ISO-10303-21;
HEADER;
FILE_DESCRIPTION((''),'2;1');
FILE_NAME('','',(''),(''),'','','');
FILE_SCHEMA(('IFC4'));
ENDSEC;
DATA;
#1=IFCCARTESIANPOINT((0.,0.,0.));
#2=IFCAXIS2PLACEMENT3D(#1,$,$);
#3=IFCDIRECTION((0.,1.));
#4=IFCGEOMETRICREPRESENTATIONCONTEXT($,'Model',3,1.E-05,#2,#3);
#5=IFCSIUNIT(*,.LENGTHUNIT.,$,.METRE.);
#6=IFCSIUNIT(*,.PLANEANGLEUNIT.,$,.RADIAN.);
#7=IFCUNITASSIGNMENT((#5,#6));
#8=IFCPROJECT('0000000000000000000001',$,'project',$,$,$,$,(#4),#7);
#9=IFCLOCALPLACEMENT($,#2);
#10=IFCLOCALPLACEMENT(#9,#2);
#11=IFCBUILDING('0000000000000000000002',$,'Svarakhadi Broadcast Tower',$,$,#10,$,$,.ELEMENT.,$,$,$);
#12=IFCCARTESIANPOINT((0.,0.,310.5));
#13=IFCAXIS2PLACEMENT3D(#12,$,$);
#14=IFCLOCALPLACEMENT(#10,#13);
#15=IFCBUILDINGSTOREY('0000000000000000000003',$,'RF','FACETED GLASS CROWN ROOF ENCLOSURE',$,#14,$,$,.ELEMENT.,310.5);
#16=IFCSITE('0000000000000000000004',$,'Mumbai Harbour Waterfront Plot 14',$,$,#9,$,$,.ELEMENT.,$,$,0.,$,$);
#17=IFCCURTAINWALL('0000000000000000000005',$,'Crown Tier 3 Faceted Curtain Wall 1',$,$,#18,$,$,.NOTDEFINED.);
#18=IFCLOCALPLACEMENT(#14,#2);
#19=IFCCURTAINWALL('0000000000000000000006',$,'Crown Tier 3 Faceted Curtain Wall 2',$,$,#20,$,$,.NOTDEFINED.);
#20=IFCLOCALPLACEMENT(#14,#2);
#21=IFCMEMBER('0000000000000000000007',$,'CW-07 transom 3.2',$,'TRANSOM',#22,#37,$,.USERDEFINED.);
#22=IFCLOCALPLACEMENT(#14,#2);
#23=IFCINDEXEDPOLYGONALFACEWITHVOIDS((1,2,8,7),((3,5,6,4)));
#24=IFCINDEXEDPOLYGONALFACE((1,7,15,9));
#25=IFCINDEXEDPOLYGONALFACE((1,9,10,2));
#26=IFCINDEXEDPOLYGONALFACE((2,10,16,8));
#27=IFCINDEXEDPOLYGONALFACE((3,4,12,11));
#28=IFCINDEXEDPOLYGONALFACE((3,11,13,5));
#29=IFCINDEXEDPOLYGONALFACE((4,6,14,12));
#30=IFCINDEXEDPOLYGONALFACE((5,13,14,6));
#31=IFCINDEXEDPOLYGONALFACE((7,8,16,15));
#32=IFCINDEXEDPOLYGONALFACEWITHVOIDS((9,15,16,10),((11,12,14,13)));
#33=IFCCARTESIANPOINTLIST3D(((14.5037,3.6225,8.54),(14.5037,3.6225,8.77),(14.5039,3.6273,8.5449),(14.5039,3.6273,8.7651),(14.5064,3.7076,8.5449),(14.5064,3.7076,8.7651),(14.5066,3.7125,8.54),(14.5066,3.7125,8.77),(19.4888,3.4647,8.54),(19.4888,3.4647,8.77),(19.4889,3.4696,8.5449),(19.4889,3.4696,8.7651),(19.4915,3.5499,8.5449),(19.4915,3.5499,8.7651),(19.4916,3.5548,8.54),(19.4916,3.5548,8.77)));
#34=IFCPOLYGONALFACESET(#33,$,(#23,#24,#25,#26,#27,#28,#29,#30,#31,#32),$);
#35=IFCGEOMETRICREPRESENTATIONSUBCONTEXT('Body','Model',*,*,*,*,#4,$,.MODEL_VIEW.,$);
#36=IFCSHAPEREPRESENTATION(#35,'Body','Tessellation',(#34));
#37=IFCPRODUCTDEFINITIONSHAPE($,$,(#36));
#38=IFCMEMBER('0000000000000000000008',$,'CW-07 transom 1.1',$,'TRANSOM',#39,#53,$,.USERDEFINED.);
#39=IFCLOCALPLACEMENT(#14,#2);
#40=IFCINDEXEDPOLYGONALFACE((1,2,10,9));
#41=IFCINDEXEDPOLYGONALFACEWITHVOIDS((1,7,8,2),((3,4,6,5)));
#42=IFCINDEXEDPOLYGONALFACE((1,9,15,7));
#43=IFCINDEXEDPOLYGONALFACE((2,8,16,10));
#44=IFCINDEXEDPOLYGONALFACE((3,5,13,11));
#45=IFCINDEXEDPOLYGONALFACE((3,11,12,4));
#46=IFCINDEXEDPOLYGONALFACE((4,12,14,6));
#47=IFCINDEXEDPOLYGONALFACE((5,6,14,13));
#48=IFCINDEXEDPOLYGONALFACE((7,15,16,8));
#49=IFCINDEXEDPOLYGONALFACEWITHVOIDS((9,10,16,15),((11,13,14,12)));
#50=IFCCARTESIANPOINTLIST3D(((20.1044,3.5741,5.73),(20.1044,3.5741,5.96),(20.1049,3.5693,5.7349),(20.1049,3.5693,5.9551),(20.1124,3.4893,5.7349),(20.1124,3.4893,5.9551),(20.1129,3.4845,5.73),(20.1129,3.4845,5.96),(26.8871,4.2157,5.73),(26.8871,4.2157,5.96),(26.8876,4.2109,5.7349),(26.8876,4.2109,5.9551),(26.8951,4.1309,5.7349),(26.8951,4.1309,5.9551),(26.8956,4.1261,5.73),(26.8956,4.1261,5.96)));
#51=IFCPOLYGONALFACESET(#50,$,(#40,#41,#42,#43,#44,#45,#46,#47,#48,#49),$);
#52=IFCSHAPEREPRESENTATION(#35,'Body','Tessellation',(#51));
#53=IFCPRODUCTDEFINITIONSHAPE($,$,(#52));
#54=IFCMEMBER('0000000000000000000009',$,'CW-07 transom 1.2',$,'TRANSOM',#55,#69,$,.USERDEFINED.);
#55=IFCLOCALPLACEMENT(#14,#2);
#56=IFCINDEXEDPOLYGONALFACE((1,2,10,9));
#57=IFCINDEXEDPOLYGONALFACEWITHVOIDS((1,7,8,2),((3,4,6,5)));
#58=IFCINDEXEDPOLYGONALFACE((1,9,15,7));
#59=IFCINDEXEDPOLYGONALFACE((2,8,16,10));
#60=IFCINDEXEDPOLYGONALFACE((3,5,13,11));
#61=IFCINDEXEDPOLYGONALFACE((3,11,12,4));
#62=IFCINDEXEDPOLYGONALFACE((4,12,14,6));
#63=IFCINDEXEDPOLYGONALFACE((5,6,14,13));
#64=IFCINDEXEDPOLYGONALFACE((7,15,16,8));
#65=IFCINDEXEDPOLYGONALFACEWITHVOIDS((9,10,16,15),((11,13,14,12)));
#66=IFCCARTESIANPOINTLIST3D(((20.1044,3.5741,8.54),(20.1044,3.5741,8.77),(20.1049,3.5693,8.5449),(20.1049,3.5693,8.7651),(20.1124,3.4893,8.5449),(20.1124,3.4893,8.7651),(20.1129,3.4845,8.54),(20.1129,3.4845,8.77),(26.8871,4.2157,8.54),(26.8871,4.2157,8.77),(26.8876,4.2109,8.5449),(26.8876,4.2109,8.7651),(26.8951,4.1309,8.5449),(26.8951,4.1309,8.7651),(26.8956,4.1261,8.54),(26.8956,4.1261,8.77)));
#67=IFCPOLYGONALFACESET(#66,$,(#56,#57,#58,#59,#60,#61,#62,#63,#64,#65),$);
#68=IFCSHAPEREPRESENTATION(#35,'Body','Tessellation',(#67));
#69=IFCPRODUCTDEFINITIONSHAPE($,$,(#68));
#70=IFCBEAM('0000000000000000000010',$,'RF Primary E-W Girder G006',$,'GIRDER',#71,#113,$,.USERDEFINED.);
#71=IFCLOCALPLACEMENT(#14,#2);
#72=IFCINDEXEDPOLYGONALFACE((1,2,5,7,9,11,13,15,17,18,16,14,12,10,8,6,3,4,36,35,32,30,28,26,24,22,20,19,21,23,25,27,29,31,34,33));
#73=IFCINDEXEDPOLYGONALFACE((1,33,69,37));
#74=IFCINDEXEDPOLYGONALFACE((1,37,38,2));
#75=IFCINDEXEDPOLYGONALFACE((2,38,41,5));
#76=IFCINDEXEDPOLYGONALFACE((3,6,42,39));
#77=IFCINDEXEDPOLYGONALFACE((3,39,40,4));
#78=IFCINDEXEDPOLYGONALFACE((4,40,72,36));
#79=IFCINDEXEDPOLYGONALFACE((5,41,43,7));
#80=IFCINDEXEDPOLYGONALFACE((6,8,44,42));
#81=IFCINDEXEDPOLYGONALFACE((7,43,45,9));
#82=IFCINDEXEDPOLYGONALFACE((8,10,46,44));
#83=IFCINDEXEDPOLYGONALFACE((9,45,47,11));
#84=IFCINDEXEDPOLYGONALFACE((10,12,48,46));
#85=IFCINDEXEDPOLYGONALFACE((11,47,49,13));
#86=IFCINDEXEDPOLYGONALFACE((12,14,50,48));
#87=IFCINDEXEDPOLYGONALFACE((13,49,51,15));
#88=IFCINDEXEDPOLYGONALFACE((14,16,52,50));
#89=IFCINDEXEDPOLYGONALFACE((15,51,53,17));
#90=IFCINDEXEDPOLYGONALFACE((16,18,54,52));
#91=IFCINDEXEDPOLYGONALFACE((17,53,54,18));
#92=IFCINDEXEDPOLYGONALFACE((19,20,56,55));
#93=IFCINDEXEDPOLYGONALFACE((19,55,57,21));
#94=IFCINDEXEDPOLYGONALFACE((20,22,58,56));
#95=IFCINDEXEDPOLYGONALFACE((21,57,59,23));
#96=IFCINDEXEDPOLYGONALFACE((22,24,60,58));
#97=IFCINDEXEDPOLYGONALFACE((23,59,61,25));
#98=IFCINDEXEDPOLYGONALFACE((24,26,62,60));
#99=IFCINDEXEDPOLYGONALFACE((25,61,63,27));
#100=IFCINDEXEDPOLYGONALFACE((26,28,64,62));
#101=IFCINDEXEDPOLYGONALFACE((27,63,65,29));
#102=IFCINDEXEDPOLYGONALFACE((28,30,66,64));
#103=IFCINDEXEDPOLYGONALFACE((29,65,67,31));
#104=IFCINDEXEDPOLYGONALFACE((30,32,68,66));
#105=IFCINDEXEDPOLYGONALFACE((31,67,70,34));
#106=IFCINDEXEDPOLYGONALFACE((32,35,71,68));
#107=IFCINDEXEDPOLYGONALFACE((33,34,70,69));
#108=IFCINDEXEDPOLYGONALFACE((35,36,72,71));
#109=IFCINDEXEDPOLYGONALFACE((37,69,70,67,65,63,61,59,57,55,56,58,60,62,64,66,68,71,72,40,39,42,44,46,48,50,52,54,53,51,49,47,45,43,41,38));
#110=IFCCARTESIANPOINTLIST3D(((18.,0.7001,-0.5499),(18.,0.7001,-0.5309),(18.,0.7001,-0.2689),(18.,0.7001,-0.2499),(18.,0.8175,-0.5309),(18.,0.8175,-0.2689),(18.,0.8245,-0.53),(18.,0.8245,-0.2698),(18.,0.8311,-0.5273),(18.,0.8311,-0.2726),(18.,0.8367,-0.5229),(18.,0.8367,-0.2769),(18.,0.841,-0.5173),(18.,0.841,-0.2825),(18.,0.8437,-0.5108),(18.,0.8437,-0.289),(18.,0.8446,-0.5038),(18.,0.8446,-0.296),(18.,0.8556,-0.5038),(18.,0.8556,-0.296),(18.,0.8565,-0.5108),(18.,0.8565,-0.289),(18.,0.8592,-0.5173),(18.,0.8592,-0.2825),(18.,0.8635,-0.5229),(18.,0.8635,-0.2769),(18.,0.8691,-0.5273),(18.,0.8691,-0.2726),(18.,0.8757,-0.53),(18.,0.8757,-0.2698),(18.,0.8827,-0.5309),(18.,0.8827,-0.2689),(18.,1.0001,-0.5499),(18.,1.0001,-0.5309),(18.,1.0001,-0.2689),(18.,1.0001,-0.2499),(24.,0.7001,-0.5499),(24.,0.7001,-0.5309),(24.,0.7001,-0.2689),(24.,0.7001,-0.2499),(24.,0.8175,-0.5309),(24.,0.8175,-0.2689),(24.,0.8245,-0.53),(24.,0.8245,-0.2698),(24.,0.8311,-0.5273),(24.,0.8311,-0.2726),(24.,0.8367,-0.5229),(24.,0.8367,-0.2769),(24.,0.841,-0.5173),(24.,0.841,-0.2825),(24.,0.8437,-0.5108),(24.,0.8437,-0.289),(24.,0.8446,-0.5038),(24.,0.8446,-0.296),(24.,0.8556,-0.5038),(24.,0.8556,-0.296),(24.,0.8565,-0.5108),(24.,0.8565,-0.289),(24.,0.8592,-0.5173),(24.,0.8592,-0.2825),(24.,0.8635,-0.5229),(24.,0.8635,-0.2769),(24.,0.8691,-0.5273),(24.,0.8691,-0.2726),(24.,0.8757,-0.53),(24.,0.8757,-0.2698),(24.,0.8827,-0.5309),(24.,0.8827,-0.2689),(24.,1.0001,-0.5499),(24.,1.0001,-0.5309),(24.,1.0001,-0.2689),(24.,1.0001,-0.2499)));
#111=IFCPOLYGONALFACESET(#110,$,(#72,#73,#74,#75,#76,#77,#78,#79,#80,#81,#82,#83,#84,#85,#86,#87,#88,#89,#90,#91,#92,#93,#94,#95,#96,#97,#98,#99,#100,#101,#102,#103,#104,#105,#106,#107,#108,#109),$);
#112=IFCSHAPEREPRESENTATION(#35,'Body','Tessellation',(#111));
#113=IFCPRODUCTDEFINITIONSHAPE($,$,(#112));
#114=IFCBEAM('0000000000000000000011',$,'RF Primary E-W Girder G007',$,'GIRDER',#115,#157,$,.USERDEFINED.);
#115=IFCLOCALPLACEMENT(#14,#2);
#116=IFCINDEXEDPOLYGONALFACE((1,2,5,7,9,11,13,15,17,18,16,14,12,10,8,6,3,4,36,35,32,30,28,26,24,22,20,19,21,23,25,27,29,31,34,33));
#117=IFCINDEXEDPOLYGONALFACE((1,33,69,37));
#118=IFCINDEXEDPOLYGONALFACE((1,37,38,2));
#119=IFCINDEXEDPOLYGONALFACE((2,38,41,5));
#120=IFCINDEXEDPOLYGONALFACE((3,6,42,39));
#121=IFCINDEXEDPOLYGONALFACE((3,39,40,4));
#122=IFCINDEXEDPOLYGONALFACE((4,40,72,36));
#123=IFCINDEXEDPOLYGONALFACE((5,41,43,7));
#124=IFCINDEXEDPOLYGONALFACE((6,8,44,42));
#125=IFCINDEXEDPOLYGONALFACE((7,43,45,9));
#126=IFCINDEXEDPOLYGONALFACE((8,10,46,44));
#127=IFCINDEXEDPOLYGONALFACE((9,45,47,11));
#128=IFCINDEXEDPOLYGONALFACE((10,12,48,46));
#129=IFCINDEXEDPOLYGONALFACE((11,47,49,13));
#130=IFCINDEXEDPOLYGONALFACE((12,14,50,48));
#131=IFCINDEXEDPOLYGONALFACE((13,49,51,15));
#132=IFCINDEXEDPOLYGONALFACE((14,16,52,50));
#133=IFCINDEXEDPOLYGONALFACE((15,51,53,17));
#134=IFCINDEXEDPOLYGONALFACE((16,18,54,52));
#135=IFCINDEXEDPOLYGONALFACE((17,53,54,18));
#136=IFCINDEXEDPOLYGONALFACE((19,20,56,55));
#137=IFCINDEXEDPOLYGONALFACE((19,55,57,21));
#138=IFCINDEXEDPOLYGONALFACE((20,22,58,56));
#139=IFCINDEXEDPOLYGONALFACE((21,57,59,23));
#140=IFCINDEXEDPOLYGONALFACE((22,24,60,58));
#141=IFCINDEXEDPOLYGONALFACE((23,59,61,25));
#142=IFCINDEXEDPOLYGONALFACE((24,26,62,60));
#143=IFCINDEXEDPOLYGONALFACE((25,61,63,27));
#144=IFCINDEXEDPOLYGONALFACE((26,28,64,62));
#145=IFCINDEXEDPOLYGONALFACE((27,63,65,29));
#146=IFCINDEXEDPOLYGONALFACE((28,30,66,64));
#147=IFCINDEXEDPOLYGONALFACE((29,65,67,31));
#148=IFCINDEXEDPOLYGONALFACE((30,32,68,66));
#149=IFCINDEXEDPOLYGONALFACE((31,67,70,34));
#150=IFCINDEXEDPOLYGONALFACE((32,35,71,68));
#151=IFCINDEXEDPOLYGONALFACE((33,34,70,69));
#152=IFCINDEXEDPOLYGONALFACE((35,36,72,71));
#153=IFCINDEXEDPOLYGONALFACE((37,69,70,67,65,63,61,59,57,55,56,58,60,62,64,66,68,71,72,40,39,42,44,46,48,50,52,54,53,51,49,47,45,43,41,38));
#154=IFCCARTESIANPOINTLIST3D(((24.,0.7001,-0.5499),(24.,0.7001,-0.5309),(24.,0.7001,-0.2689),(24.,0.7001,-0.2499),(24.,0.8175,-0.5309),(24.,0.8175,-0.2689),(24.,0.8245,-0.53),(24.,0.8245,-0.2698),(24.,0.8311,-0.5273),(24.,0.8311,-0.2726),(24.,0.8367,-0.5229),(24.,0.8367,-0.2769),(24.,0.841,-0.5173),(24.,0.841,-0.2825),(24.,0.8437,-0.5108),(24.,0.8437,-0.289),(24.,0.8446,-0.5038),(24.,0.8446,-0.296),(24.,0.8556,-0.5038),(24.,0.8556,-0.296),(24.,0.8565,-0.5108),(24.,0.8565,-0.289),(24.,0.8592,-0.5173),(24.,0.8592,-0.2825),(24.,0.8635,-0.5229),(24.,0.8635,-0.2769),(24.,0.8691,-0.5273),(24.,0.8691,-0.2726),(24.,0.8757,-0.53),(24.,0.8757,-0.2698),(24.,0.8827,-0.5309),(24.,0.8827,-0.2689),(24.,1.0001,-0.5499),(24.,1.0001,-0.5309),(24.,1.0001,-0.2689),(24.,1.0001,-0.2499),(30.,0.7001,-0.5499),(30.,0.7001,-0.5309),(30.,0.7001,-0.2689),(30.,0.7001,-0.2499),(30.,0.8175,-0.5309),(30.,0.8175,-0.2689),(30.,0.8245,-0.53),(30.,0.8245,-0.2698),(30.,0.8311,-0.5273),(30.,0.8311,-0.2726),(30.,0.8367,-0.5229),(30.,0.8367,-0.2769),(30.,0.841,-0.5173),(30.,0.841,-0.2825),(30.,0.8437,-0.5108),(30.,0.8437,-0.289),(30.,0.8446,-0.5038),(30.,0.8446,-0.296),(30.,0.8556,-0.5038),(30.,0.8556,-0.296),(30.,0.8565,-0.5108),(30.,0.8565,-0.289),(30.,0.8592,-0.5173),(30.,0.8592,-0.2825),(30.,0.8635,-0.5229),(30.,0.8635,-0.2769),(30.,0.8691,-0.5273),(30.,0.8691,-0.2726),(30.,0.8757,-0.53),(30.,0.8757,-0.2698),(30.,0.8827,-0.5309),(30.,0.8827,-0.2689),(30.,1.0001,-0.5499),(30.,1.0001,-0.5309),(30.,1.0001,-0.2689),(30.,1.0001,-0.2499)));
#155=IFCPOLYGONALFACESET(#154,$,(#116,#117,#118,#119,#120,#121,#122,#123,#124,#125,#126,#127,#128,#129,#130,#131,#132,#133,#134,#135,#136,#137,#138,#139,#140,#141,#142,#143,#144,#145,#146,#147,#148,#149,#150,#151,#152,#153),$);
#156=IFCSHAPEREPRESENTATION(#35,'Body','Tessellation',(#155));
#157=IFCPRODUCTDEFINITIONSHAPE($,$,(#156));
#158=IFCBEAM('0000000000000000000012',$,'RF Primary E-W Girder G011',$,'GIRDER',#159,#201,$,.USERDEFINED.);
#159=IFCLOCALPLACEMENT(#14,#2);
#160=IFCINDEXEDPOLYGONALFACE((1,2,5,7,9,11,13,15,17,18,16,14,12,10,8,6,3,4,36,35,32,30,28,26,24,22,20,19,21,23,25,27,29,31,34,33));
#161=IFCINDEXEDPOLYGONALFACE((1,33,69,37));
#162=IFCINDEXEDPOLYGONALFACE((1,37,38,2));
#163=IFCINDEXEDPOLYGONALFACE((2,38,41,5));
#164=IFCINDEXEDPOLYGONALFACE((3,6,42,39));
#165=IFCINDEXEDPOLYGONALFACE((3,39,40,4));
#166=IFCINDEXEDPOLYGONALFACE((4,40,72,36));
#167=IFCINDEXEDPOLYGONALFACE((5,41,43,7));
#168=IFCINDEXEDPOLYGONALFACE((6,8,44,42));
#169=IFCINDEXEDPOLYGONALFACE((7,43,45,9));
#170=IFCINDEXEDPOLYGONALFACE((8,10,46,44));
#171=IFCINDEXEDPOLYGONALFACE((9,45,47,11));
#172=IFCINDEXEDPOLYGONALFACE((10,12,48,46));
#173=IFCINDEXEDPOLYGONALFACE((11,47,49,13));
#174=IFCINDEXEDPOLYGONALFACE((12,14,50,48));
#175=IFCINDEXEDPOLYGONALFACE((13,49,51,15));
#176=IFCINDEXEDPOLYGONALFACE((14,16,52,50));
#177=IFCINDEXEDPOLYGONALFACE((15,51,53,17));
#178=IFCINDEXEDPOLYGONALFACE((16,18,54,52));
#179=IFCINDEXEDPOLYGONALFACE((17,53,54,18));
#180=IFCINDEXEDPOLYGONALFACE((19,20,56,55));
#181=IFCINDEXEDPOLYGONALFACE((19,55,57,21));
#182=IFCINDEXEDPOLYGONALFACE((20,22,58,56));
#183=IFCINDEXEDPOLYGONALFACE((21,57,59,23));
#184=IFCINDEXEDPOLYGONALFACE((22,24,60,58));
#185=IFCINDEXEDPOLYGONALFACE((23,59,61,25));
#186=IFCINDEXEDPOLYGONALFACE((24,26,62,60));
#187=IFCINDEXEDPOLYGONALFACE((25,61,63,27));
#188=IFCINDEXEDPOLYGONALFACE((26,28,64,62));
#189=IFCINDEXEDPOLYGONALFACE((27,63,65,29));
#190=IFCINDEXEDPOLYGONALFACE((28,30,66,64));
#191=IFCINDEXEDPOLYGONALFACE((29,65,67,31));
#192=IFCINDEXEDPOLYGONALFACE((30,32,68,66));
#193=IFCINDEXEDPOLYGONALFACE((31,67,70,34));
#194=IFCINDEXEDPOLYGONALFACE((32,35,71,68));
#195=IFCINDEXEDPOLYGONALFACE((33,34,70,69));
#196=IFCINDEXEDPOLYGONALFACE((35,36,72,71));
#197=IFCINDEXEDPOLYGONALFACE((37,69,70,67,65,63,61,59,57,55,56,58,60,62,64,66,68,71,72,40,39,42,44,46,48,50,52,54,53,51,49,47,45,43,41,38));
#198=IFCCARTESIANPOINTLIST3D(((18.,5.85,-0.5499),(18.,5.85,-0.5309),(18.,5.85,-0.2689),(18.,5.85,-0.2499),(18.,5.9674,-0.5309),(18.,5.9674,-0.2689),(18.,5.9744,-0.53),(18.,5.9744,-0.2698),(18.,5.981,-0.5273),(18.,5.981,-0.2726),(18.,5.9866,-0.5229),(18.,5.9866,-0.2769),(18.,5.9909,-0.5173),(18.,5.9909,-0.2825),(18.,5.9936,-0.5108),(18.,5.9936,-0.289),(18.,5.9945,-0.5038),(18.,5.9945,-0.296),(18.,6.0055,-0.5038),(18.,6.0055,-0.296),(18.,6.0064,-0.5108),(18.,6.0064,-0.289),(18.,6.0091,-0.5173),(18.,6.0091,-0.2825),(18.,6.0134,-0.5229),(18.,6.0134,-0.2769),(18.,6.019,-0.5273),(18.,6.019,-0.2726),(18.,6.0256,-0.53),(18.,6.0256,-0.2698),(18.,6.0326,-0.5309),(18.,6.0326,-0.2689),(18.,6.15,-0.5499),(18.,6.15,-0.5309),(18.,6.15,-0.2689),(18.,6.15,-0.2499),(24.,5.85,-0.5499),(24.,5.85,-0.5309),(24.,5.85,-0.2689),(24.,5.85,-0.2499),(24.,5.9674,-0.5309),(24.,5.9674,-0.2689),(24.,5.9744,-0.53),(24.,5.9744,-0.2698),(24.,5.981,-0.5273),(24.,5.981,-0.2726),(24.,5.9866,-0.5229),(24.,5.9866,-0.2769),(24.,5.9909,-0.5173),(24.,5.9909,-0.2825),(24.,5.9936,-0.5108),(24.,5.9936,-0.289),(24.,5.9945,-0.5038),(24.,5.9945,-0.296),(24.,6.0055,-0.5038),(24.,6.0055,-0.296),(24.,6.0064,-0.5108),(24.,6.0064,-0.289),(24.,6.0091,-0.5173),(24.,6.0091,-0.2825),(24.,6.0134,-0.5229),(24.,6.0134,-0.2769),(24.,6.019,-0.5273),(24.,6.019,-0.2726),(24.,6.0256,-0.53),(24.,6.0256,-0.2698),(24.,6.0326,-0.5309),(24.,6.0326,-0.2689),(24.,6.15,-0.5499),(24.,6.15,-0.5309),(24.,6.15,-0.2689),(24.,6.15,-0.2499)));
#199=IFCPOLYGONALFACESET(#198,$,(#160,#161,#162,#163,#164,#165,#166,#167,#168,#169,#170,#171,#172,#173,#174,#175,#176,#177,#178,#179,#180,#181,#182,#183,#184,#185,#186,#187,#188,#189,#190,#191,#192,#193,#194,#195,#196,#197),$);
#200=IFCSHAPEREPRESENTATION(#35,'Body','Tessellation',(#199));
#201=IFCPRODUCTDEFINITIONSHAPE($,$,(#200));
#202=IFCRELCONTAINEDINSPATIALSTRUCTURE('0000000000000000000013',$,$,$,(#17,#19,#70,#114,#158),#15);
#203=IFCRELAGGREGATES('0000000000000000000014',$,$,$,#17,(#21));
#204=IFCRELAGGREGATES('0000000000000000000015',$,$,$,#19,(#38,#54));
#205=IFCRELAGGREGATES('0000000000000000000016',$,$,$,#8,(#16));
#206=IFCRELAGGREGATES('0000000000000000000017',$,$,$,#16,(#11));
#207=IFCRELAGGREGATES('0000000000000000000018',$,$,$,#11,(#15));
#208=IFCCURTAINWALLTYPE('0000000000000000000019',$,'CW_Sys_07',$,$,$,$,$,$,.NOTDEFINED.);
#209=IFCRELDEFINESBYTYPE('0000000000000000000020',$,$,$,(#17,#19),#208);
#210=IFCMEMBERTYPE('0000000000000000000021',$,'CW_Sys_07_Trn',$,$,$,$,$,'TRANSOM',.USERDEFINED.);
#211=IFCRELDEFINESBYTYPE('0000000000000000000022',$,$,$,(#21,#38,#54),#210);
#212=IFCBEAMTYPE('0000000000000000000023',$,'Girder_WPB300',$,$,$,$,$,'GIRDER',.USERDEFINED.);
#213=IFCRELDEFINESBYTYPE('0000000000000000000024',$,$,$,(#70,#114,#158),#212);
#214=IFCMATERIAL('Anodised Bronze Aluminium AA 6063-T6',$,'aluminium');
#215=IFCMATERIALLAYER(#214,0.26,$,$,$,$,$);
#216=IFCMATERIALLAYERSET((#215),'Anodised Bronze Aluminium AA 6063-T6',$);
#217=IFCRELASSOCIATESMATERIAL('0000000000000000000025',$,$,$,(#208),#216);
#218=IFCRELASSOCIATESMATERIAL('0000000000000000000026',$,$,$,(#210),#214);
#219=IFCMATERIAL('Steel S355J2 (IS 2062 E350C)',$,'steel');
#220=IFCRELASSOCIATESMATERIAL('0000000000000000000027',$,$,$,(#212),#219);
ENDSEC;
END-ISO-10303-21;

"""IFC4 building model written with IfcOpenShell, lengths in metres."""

from ifc_helpers import new_model, si_unit, direction, frame, origin, origin_2d, place, context, subcontext, project, spatial, hollow_rectangle, i_section, extrude, material, layer, layer_set, material_profile, profile_set, type_object, element, aggregate, save


model = new_model("IFC4")

# Units and contexts
model_context = context("Model", 3, precision=1e-05, world=origin(), true_north=direction((0.0, 1.0)))
body_context = subcontext(model_context, "Body", "Model", "MODEL_VIEW")
ifc_project = project(units=[si_unit("LENGTHUNIT", "METRE"), si_unit("PLANEANGLEUNIT", "RADIAN")], contexts=[model_context])

# Site, building, storey
site_placement = place(None, origin())
site = spatial("IfcSite", under=ifc_project, at=site_placement, Name="Mumbai Harbour Waterfront Plot 14", CompositionType="ELEMENT", RefElevation=0.0)
building_placement = place(site_placement, origin())
building = spatial("IfcBuilding", under=site, at=building_placement, Name="Svarakhadi Broadcast Tower", CompositionType="ELEMENT")
storey_placement = place(building_placement, frame((0.0, 0.0, 310.5)))
storey = spatial("IfcBuildingStorey", under=building, at=storey_placement, Name="RF", Description="FACETED GLASS CROWN ROOF ENCLOSURE", CompositionType="ELEMENT", Elevation=310.5)

# Shared definitions
ifc_material_1 = material(Name="Steel S355J2 (IS 2062 E350C)", Category="steel")

# Shared definitions
ifc_material_2 = material(Name="Anodised Bronze Aluminium AA 6063-T6", Category="aluminium")
ifc_layer_1 = layer(ifc_material_2, 0.26)
ifc_layer_set_1 = layer_set([ifc_layer_1], Name="Anodised Bronze Aluminium AA 6063-T6")
curtain_wall_type = type_object("IfcCurtainWallType", Name="CW_Sys_07", PredefinedType="NOTDEFINED", material=ifc_layer_set_1)

# Curtain wall
curtain_wall_1_placement = place(storey_placement, origin())
curtain_wall_1 = element("IfcCurtainWall", 1, at=curtain_wall_1_placement, inside=storey, type_object=curtain_wall_type, Name="Crown Tier 3 Faceted Curtain Wall 1", PredefinedType="NOTDEFINED")

# Curtain wall
curtain_wall_2_placement = place(storey_placement, origin())
curtain_wall_2 = element("IfcCurtainWall", 2, at=curtain_wall_2_placement, inside=storey, type_object=curtain_wall_type, Name="Crown Tier 3 Faceted Curtain Wall 2", PredefinedType="NOTDEFINED")

# Members
ifc_material_profile_1 = material_profile(ifc_material_2, hollow_rectangle(XDim=0.0901, YDim=0.23, WallThickness=0.0049, at=origin_2d()), Name="ALU TRANSOM 230x90x5")
ifc_profile_set_1 = profile_set([ifc_material_profile_1], Name="Anodised Bronze Aluminium AA 6063-T6")
member_type_1 = type_object("IfcMemberType", Name="CW_Sys_07_Trn", ElementType="TRANSOM", PredefinedType="USERDEFINED", material=ifc_profile_set_1)
member_1_placement = place(storey_placement, frame((14.5051, 3.6675, 8.655), z_axis=(0.9995, -0.031621, 0.0), x_axis=(0.031621, 0.9995, 0.0)))
member_1 = element("IfcMember", 3, at=member_1_placement, type_object=member_type_1, Name="CW-07 transom 3.2", ObjectType="TRANSOM", PredefinedType="USERDEFINED", context=body_context, shape_type="SweptSolid", body=[
    extrude(hollow_rectangle(XDim=0.0901, YDim=0.23, WallThickness=0.0049, at=origin_2d()), origin(), (0.0, 0.0, 1.0), 4.9875),
])
member_2_placement = place(storey_placement, frame((20.1086, 3.5293, 5.845), z_axis=(0.995556, 0.094173, 0.0), x_axis=(-0.094173, 0.995556, 0.0)))
member_2 = element("IfcMember", 4, at=member_2_placement, type_object=member_type_1, Name="CW-07 transom 1.1", ObjectType="TRANSOM", PredefinedType="USERDEFINED", context=body_context, shape_type="SweptSolid", body=[
    extrude(hollow_rectangle(XDim=0.0901, YDim=0.23, WallThickness=0.0049, at=origin_2d()), origin(), (0.0, 0.0, 1.0), 6.813),
])
member_3_placement = place(storey_placement, frame((20.1086, 3.5293, 8.655), z_axis=(0.995556, 0.094173, 0.0), x_axis=(-0.094173, 0.995556, 0.0)))
member_3 = element("IfcMember", 5, at=member_3_placement, type_object=member_type_1, Name="CW-07 transom 1.2", ObjectType="TRANSOM", PredefinedType="USERDEFINED", context=body_context, shape_type="SweptSolid", body=[
    extrude(hollow_rectangle(XDim=0.0901, YDim=0.23, WallThickness=0.0049, at=origin_2d()), origin(), (0.0, 0.0, 1.0), 6.813),
])

# Beams
ifc_material_profile_2 = material_profile(ifc_material_1, i_section(OverallWidth=0.3, OverallDepth=0.3, WebThickness=0.011, FlangeThickness=0.019, FilletRadius=0.0271, at=origin_2d()), Name="WPB 300x300x117")
ifc_profile_set_2 = profile_set([ifc_material_profile_2], Name="Steel S355J2 (IS 2062 E350C)")
beam_type_1 = type_object("IfcBeamType", Name="Girder_WPB300", ElementType="GIRDER", PredefinedType="USERDEFINED", material=ifc_profile_set_2)
for number, where, z_axis, x_axis, name in (
    (6, (18.0, 0.8501, -0.3999), (1.0, 0.0, 0.0), (0.0, 1.0, 0.0), "RF Primary E-W Girder G006"),
    (7, (24.0, 0.8501, -0.3999), (1.0, 0.0, 0.0), (0.0, 1.0, 0.0), "RF Primary E-W Girder G007"),
    (8, (18.0, 6.0, -0.3999), (1.0, 0.0, 0.0), (0.0, 1.0, 0.0), "RF Primary E-W Girder G011"),
):
    element("IfcBeam", number, at=place(storey_placement, frame(where, z_axis=z_axis, x_axis=x_axis)), inside=storey, type_object=beam_type_1, Name=name, ObjectType="GIRDER", PredefinedType="USERDEFINED", context=body_context, shape_type="SweptSolid", body=[
        extrude(i_section(OverallWidth=0.3, OverallDepth=0.3, WebThickness=0.011, FlangeThickness=0.019, FilletRadius=0.0271, at=origin_2d()), origin(), (0.0, 0.0, 1.0), 6.0),
    ])

aggregate(curtain_wall_1, [member_1])
aggregate(curtain_wall_2, [member_2, member_3])

save(model, "model.ifc")
